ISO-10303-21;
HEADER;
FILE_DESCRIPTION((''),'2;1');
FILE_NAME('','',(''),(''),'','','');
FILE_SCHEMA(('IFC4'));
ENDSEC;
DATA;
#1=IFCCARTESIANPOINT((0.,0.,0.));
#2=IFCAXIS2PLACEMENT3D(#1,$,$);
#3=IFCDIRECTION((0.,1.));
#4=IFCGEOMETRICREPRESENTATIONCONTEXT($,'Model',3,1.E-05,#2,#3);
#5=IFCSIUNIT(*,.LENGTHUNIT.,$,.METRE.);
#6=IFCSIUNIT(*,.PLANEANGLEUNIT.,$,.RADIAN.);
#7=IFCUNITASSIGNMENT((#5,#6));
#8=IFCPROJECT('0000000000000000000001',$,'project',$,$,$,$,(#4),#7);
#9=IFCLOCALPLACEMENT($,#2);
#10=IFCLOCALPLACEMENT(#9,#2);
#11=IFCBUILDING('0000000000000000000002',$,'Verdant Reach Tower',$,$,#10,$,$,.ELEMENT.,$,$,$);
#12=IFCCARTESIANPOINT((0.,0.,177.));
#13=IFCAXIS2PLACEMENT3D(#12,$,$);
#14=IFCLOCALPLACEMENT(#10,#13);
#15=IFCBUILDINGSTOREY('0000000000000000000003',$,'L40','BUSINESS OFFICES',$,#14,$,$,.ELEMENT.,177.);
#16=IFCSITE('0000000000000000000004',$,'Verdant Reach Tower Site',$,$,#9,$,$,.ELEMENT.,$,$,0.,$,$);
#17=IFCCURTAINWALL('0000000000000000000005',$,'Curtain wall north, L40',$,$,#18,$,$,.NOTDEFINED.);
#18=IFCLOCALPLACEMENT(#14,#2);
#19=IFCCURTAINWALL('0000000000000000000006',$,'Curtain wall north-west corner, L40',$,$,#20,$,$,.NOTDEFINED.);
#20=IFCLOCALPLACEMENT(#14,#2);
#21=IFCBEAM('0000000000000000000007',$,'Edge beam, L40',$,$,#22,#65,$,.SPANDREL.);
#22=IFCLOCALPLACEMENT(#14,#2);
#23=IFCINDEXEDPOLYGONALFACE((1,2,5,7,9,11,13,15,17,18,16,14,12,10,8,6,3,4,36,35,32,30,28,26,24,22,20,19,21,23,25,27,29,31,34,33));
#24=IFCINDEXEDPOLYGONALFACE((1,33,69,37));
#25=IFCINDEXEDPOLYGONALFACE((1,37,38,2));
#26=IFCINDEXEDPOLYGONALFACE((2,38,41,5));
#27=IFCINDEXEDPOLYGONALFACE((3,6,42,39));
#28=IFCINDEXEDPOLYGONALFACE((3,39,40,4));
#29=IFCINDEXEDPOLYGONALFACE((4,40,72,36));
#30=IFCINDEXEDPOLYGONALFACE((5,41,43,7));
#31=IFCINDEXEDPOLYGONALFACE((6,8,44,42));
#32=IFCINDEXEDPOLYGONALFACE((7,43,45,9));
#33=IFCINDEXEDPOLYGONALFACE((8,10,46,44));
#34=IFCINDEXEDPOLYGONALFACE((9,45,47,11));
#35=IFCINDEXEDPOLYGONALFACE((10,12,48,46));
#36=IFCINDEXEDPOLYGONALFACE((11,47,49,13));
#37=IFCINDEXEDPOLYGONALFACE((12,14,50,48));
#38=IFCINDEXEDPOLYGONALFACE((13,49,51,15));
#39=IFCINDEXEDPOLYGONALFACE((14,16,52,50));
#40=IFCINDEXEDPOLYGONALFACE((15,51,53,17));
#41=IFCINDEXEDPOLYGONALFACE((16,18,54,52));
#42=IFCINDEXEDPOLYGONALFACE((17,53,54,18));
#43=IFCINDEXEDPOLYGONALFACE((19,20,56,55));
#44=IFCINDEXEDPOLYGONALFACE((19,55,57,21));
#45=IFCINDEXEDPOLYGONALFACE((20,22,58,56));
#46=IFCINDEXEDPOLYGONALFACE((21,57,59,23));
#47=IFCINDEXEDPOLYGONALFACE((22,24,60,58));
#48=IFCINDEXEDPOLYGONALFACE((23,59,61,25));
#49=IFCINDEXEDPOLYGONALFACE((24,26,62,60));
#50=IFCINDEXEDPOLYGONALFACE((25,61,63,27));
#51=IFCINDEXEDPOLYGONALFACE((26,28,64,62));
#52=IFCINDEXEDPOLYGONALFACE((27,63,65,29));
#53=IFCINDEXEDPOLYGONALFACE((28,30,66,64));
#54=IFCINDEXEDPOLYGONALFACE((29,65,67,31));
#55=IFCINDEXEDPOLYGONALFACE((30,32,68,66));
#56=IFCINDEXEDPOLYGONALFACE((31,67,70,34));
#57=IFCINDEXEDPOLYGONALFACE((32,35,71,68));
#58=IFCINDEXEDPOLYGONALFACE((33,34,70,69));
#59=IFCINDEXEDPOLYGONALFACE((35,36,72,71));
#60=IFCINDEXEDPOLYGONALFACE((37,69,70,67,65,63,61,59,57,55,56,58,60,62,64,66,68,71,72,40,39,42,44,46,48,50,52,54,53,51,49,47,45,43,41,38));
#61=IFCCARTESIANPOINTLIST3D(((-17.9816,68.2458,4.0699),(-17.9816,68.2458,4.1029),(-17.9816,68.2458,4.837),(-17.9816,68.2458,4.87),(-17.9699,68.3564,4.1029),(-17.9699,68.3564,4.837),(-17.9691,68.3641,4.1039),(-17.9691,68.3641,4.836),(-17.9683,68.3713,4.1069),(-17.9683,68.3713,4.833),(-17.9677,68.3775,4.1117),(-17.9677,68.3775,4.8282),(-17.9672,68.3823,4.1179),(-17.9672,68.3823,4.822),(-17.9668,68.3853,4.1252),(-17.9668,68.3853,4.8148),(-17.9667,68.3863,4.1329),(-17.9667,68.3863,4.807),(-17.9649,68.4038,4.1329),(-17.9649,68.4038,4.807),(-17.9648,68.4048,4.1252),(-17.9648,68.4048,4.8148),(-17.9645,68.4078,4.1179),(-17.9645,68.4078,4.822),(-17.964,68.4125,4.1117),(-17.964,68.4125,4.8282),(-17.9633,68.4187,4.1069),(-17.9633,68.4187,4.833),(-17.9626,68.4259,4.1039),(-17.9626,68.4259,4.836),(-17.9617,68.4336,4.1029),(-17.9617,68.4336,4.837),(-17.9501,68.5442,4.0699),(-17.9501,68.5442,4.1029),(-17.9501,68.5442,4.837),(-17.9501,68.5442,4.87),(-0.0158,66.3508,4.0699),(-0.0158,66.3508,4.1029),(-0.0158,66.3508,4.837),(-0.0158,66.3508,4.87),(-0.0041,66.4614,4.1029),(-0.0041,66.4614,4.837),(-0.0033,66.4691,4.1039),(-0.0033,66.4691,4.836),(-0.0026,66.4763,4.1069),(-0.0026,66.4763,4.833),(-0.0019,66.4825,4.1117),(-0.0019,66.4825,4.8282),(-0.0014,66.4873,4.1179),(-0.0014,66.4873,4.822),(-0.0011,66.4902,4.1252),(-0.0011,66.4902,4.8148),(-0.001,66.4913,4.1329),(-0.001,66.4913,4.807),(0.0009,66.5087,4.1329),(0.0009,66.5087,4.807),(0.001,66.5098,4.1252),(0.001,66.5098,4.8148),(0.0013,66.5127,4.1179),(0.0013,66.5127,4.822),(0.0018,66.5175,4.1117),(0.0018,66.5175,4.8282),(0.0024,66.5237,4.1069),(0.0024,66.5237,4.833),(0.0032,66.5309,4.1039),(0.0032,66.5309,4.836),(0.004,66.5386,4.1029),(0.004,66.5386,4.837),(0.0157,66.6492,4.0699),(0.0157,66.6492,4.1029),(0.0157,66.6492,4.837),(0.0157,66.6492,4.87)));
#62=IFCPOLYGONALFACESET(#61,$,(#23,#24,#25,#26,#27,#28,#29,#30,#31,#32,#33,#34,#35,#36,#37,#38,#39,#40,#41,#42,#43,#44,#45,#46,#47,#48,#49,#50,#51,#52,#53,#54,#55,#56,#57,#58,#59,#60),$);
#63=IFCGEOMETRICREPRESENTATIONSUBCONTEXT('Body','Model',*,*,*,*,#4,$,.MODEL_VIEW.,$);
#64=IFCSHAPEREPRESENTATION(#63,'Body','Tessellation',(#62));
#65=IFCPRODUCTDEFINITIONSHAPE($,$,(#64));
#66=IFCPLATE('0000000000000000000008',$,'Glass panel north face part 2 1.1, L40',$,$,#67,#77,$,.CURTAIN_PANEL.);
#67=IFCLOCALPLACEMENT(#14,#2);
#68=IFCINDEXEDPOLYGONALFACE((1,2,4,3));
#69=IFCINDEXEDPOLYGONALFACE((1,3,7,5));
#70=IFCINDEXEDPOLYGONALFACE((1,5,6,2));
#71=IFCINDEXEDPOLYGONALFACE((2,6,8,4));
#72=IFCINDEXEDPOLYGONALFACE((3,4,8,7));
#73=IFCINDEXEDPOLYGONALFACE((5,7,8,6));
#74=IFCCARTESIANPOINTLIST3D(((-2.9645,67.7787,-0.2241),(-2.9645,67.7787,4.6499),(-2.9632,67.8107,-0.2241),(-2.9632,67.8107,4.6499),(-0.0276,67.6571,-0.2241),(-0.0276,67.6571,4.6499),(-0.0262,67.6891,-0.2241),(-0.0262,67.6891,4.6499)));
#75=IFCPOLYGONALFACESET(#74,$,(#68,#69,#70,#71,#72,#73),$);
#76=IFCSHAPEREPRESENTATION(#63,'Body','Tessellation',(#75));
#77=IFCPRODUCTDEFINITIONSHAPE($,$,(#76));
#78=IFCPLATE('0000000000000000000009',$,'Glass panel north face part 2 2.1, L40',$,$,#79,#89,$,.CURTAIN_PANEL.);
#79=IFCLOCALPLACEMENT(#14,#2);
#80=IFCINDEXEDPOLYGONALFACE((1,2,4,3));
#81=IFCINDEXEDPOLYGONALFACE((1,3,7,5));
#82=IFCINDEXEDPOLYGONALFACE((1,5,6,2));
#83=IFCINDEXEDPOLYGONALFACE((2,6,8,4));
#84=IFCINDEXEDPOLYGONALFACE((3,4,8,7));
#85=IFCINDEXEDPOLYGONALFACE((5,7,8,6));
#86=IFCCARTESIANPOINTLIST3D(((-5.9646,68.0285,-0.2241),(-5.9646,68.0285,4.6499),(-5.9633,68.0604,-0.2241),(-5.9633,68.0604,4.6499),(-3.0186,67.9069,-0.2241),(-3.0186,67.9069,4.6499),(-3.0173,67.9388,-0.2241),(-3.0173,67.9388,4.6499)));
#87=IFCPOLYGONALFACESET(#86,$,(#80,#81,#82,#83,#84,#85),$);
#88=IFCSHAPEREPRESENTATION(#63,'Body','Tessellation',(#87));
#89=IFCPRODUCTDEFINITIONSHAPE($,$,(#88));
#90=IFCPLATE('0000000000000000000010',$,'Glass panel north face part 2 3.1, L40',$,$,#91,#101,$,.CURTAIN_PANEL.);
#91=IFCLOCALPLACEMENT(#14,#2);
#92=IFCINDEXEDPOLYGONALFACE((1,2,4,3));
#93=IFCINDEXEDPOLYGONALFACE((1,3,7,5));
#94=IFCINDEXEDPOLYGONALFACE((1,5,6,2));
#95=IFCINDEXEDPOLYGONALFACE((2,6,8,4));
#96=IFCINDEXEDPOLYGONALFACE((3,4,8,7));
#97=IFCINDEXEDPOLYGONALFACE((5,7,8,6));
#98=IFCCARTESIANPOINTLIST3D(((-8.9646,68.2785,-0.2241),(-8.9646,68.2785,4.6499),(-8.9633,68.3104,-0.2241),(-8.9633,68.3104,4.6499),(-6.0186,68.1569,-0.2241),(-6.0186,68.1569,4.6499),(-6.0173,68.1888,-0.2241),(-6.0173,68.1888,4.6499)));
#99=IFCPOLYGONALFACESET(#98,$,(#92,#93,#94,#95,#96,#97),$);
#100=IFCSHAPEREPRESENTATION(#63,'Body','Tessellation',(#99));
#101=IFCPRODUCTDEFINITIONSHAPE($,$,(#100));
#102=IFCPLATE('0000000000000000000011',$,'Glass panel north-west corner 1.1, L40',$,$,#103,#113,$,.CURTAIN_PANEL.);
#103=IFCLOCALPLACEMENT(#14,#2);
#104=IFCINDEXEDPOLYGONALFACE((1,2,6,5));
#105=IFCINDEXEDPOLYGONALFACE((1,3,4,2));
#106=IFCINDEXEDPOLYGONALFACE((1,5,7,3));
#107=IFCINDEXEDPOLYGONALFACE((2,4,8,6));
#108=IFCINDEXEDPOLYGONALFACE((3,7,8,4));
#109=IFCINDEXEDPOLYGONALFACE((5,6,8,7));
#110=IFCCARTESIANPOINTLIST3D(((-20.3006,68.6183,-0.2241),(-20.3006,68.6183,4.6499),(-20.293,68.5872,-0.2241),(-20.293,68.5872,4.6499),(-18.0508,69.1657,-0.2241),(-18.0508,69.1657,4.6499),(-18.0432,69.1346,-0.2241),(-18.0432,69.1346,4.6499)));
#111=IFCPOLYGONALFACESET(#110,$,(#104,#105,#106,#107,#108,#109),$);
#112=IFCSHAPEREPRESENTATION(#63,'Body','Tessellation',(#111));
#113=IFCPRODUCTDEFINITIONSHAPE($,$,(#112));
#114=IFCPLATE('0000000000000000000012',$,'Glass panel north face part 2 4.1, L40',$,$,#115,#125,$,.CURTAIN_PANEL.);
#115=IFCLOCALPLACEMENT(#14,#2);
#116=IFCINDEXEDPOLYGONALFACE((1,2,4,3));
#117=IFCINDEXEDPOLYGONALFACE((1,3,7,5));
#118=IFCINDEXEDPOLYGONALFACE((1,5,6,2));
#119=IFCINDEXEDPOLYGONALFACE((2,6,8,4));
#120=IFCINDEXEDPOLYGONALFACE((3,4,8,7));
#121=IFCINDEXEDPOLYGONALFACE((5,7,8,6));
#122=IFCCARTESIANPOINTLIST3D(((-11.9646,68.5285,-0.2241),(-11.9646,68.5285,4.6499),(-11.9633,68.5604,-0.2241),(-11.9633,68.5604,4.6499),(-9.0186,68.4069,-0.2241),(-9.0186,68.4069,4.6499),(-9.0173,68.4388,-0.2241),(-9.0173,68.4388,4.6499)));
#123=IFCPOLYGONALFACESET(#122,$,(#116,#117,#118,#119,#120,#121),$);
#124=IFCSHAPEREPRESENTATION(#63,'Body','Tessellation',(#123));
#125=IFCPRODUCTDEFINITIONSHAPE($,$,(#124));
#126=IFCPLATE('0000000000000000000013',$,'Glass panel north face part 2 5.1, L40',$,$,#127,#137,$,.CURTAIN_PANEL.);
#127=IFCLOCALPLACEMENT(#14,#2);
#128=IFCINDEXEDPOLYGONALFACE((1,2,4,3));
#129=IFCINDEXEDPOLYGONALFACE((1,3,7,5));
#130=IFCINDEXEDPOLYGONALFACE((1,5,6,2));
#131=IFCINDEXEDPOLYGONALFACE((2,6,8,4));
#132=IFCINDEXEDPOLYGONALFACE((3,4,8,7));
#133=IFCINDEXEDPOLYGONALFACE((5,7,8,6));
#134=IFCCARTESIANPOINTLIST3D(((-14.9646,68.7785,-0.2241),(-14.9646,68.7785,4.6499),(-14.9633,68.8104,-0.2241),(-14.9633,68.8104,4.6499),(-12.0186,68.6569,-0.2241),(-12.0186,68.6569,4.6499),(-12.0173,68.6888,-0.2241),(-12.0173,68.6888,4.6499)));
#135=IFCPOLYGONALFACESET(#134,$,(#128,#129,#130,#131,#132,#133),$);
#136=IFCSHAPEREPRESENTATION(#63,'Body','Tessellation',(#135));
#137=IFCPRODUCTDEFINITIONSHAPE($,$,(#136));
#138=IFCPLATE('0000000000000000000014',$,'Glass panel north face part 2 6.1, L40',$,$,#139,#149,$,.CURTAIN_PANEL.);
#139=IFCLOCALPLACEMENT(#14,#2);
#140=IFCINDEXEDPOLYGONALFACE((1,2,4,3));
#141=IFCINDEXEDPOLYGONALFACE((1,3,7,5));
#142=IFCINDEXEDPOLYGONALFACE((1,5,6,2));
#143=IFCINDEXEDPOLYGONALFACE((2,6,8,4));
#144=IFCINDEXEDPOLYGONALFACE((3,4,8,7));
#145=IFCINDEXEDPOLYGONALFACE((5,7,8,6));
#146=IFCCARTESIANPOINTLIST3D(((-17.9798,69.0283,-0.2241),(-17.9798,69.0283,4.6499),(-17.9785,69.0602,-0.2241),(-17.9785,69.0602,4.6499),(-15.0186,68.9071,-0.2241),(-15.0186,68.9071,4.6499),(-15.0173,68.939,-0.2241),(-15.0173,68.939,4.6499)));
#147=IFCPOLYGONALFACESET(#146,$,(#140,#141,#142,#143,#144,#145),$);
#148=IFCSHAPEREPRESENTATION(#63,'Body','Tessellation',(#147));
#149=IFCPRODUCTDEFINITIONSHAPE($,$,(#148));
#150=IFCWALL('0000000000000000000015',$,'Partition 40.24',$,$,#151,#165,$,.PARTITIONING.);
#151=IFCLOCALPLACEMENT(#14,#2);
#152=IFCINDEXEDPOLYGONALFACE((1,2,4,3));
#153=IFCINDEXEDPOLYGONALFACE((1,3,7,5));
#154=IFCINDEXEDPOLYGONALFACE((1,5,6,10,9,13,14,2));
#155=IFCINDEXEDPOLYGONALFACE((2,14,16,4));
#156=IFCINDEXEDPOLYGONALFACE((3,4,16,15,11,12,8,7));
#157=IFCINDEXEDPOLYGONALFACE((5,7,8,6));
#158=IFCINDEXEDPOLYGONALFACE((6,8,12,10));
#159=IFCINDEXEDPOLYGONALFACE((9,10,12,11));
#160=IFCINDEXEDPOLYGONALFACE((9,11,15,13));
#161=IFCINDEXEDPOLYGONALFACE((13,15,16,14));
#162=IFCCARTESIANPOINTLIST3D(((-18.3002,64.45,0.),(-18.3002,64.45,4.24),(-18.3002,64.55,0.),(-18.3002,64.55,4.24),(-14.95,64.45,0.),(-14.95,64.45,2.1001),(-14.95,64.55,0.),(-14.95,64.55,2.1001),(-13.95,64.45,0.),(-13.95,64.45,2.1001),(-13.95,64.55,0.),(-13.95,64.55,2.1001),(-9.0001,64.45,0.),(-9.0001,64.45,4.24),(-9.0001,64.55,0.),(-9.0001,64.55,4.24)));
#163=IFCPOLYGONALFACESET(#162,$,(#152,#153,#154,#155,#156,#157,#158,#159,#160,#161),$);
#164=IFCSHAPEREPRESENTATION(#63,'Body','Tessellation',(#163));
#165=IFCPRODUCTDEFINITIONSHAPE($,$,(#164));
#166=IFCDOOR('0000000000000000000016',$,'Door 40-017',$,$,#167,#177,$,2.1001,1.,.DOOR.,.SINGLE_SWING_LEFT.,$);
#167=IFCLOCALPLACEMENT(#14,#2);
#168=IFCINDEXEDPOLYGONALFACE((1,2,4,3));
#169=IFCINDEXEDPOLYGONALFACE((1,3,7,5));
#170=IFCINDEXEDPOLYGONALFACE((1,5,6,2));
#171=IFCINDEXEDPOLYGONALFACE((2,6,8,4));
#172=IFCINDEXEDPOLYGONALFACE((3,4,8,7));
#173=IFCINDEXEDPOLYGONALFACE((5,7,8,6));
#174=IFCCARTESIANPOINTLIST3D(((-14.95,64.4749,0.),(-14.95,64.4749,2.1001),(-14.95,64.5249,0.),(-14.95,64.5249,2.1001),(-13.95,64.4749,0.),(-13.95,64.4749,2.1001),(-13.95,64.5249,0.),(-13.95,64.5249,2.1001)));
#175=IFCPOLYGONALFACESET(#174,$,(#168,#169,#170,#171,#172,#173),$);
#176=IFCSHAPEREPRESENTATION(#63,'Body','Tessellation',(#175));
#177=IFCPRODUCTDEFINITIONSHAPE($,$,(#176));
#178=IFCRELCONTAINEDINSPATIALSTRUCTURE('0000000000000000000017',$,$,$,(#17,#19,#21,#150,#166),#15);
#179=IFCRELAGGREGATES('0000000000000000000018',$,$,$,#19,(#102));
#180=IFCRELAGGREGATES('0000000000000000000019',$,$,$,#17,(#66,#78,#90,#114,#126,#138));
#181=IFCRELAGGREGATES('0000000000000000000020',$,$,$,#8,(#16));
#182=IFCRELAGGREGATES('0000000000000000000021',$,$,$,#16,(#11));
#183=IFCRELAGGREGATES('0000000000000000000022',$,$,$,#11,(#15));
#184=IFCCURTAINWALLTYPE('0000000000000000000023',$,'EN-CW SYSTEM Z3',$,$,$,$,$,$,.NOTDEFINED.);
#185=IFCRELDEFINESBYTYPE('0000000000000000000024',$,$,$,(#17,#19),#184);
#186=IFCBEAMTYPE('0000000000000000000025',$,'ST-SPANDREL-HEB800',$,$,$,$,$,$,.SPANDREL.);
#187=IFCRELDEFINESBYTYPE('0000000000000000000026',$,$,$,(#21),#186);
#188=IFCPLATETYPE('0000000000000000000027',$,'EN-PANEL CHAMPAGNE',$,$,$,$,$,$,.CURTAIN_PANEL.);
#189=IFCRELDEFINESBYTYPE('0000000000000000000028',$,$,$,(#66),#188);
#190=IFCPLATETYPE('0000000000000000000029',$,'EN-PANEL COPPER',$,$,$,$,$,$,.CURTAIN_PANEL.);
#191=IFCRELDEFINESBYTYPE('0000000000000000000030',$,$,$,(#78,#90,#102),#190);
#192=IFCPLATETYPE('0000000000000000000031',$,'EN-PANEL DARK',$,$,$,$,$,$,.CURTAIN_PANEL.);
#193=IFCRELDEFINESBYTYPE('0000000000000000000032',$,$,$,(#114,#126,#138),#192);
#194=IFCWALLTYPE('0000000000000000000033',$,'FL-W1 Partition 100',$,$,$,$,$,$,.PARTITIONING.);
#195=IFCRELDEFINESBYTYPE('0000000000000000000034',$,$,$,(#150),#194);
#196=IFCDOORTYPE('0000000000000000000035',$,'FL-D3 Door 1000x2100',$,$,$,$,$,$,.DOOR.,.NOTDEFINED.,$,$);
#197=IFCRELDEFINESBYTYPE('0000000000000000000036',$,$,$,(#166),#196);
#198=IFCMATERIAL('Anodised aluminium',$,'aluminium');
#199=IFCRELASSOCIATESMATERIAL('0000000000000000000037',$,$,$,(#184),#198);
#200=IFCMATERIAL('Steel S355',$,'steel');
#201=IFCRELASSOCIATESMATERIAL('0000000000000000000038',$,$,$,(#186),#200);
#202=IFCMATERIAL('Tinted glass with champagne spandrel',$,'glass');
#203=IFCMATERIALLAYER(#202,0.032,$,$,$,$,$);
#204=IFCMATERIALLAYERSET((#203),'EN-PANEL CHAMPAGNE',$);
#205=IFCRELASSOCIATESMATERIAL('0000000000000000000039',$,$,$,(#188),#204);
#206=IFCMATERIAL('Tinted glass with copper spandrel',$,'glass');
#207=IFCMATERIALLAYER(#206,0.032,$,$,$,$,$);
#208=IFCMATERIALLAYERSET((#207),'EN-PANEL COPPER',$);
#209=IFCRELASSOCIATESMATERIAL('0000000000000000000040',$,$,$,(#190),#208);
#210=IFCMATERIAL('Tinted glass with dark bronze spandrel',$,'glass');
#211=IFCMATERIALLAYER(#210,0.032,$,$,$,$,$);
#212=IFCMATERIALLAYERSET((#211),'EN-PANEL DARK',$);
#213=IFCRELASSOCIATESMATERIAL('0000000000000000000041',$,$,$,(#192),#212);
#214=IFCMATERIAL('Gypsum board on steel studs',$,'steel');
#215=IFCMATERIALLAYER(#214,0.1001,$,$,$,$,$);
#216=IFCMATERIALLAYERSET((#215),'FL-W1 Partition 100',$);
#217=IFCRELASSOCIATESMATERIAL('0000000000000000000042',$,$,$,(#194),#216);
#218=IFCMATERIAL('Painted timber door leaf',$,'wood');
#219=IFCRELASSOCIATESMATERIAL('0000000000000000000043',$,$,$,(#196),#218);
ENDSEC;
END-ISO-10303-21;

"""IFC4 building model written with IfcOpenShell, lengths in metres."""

from ifc_helpers import new_model, si_unit, direction, frame, frame_2d, origin, origin_2d, place, context, subcontext, project, spatial, rectangle, i_section, extrude, material, layer, layer_set, material_profile, profile_set, type_object, element, fill, aggregate, save


model = new_model("IFC4")

# Units and contexts
model_context = context("Model", 3, precision=1e-05, world=origin(), true_north=direction((0.0, 1.0)))
body_context = subcontext(model_context, "Body", "Model", "MODEL_VIEW")
ifc_project = project(units=[si_unit("LENGTHUNIT", "METRE"), si_unit("PLANEANGLEUNIT", "RADIAN")], contexts=[model_context])

# Site, building, storey
site_placement = place(None, origin())
site = spatial("IfcSite", under=ifc_project, at=site_placement, Name="Verdant Reach Tower Site", CompositionType="ELEMENT", RefElevation=0.0)
building_placement = place(site_placement, origin())
building = spatial("IfcBuilding", under=site, at=building_placement, Name="Verdant Reach Tower", CompositionType="ELEMENT")
storey_placement = place(building_placement, frame((0.0, 0.0, 177.0)))
storey = spatial("IfcBuildingStorey", under=building, at=storey_placement, Name="L40", Description="BUSINESS OFFICES", CompositionType="ELEMENT", Elevation=177.0)

# Curtain walls
ifc_material_1 = material(Name="Anodised aluminium", Category="aluminium")
curtain_wall_type = type_object("IfcCurtainWallType", Name="EN-CW SYSTEM Z3", PredefinedType="NOTDEFINED", material=ifc_material_1)
curtain_wall_1_placement = place(storey_placement, origin())
curtain_wall_1 = element("IfcCurtainWall", 1, at=curtain_wall_1_placement, inside=storey, type_object=curtain_wall_type, Name="Curtain wall north, L40", PredefinedType="NOTDEFINED")
curtain_wall_2_placement = place(storey_placement, origin())
curtain_wall_2 = element("IfcCurtainWall", 2, at=curtain_wall_2_placement, inside=storey, type_object=curtain_wall_type, Name="Curtain wall north-west corner, L40", PredefinedType="NOTDEFINED")

# Beam
ifc_material_2 = material(Name="Steel S355", Category="steel")
ifc_material_profile_1 = material_profile(ifc_material_2, i_section(OverallWidth=0.3, OverallDepth=0.8, WebThickness=0.0176, FlangeThickness=0.033, FilletRadius=0.03, at=origin_2d()), Name="HEB 800")
ifc_profile_set_1 = profile_set([ifc_material_profile_1], Name="Steel S355")
beam_type_1 = type_object("IfcBeamType", Name="ST-SPANDREL-HEB800", PredefinedType="SPANDREL", material=ifc_profile_set_1)
beam_1_placement = place(storey_placement, frame((-17.9658, 68.395, 4.47), z_axis=(0.994483, -0.104897, 0.0), x_axis=(0.104897, 0.994483, 0.0)))
element("IfcBeam", 3, at=beam_1_placement, inside=storey, type_object=beam_type_1, Name="Edge beam, L40", PredefinedType="SPANDREL", context=body_context, shape_type="SweptSolid", body=[
    extrude(i_section(OverallWidth=0.3, OverallDepth=0.8, WebThickness=0.0176, FlangeThickness=0.033, FilletRadius=0.03, at=origin_2d()), origin(), (0.0, 0.0, 1.0), 18.0654),
])

# Plates
ifc_material_3 = material(Name="Tinted glass with champagne spandrel", Category="glass")
ifc_layer_1 = layer(ifc_material_3, 0.032)
ifc_layer_set_1 = layer_set([ifc_layer_1], Name="EN-PANEL CHAMPAGNE")
plate_type_1 = type_object("IfcPlateType", Name="EN-PANEL CHAMPAGNE", PredefinedType="CURTAIN_PANEL", material=ifc_layer_set_1)
plate_1_placement = place(storey_placement, frame((-1.4954, 67.7339, -0.2241), z_axis=(0.0, 0.0, 1.0), x_axis=(-0.999144, 0.041367, 0.0)))
plate_1 = element("IfcPlate", 4, at=plate_1_placement, type_object=plate_type_1, Name="Glass panel north face part 2 1.1, L40", PredefinedType="CURTAIN_PANEL", context=body_context, shape_type="SweptSolid", body=[
    extrude(rectangle(XDim=2.9395, YDim=0.032, at=origin_2d()), origin(), (0.0, 0.0, 1.0), 4.874),
])
ifc_material_4 = material(Name="Tinted glass with copper spandrel", Category="glass")
ifc_layer_2 = layer(ifc_material_4, 0.032)
ifc_layer_set_2 = layer_set([ifc_layer_2], Name="EN-PANEL COPPER")
plate_type_2 = type_object("IfcPlateType", Name="EN-PANEL COPPER", PredefinedType="CURTAIN_PANEL", material=ifc_layer_set_2)
plate_2_placement = place(storey_placement, frame((-4.491, 67.9836, -0.2241), z_axis=(0.0, 0.0, 1.0), x_axis=(-0.999149, 0.041242, 0.0)))
plate_2 = element("IfcPlate", 5, at=plate_2_placement, type_object=plate_type_2, Name="Glass panel north face part 2 2.1, L40", PredefinedType="CURTAIN_PANEL", context=body_context, shape_type="SweptSolid", body=[
    extrude(rectangle(XDim=2.9485, YDim=0.032, at=origin_2d()), origin(), (0.0, 0.0, 1.0), 4.874),
])
plate_3_placement = place(storey_placement, frame((-7.491, 68.2336, -0.2241), z_axis=(0.0, 0.0, 1.0), x_axis=(-0.999149, 0.041242, 0.0)))
plate_3 = element("IfcPlate", 6, at=plate_3_placement, type_object=plate_type_2, Name="Glass panel north face part 2 3.1, L40", PredefinedType="CURTAIN_PANEL", context=body_context, shape_type="SweptSolid", body=[
    extrude(rectangle(XDim=2.9485, YDim=0.032, at=origin_2d()), origin(), (0.0, 0.0, 1.0), 4.874),
])
plate_4_placement = place(storey_placement, frame((-19.1719, 68.8765, -0.2241), z_axis=(0.0, 0.0, 1.0), x_axis=(-0.971655, -0.236403, 0.0)))
plate_4 = element("IfcPlate", 7, at=plate_4_placement, type_object=plate_type_2, Name="Glass panel north-west corner 1.1, L40", PredefinedType="CURTAIN_PANEL", context=body_context, shape_type="SweptSolid", body=[
    extrude(rectangle(XDim=2.3154, YDim=0.032, at=origin_2d()), origin(), (0.0, 0.0, 1.0), 4.874),
])
aggregate(curtain_wall_2, [plate_4])
ifc_material_5 = material(Name="Tinted glass with dark bronze spandrel", Category="glass")
ifc_layer_3 = layer(ifc_material_5, 0.032)
ifc_layer_set_3 = layer_set([ifc_layer_3], Name="EN-PANEL DARK")
plate_type_3 = type_object("IfcPlateType", Name="EN-PANEL DARK", PredefinedType="CURTAIN_PANEL", material=ifc_layer_set_3)
plate_5_placement = place(storey_placement, frame((-10.491, 68.4836, -0.2241), z_axis=(0.0, 0.0, 1.0), x_axis=(-0.999149, 0.041242, 0.0)))
plate_5 = element("IfcPlate", 8, at=plate_5_placement, type_object=plate_type_3, Name="Glass panel north face part 2 4.1, L40", PredefinedType="CURTAIN_PANEL", context=body_context, shape_type="SweptSolid", body=[
    extrude(rectangle(XDim=2.9485, YDim=0.032, at=origin_2d()), origin(), (0.0, 0.0, 1.0), 4.874),
])
plate_6_placement = place(storey_placement, frame((-13.491, 68.7336, -0.2241), z_axis=(0.0, 0.0, 1.0), x_axis=(-0.999149, 0.041242, 0.0)))
plate_6 = element("IfcPlate", 9, at=plate_6_placement, type_object=plate_type_3, Name="Glass panel north face part 2 5.1, L40", PredefinedType="CURTAIN_PANEL", context=body_context, shape_type="SweptSolid", body=[
    extrude(rectangle(XDim=2.9485, YDim=0.032, at=origin_2d()), origin(), (0.0, 0.0, 1.0), 4.874),
])
plate_7_placement = place(storey_placement, frame((-16.4985, 68.9836, -0.2241), z_axis=(0.0, 0.0, 1.0), x_axis=(-0.999164, 0.040891, 0.0)))
plate_7 = element("IfcPlate", 10, at=plate_7_placement, type_object=plate_type_3, Name="Glass panel north face part 2 6.1, L40", PredefinedType="CURTAIN_PANEL", context=body_context, shape_type="SweptSolid", body=[
    extrude(rectangle(XDim=2.9636, YDim=0.032, at=origin_2d()), origin(), (0.0, 0.0, 1.0), 4.874),
])
aggregate(curtain_wall_1, [plate_1, plate_2, plate_3, plate_5, plate_6, plate_7])

# Wall, opening, door
ifc_material_6 = material(Name="Gypsum board on steel studs", Category="steel")
ifc_layer_4 = layer(ifc_material_6, 0.1001)
ifc_layer_set_4 = layer_set([ifc_layer_4], Name="FL-W1 Partition 100")
wall_type = type_object("IfcWallType", Name="FL-W1 Partition 100", PredefinedType="PARTITIONING", material=ifc_layer_set_4)
wall_1_placement = place(storey_placement, frame((-18.3, 64.5, 0.0), z_axis=(0.0, 0.0, 1.0), x_axis=(1.0, 0.0, 0.0)))
wall_1 = element("IfcWall", 11, at=wall_1_placement, inside=storey, type_object=wall_type, Name="Partition 40.24", PredefinedType="PARTITIONING", context=body_context, shape_type="SweptSolid", body=[
    extrude(rectangle(XDim=9.3, YDim=0.1001, at=frame_2d((4.6499, 0.0))), origin(), (0.0, 0.0, 1.0), 4.24),
])
opening_1_placement = place(wall_1_placement, frame((3.3501, 0.0, 0.0)))
opening_1 = element("IfcOpeningElement", 12, at=opening_1_placement, cuts=wall_1, PredefinedType="OPENING", context=body_context, shape_type="SweptSolid", body=[
    extrude(rectangle(XDim=1.0, YDim=2.1001, at=frame_2d((0.5, 1.05))), frame((0.0, 0.0601, 0.0), z_axis=(0.0, -1.0, 0.0), x_axis=(1.0, 0.0, 0.0)), (0.0, 0.0, 1.0), 0.1201),
])
ifc_material_7 = material(Name="Painted timber door leaf", Category="wood")
door_type = type_object("IfcDoorType", Name="FL-D3 Door 1000x2100", OperationType="NOTDEFINED", PredefinedType="DOOR", material=ifc_material_7)
door_1_placement = place(opening_1_placement, origin())
door_1 = element("IfcDoor", 13, at=door_1_placement, inside=storey, type_object=door_type, Name="Door 40-017", OperationType="SINGLE_SWING_LEFT", OverallHeight=2.1001, OverallWidth=1.0, PredefinedType="DOOR", context=body_context, shape_type="SweptSolid", body=[
    extrude(rectangle(XDim=1.0, YDim=2.1001, at=frame_2d((0.5, 1.05))), frame((0.0, 0.0249, 0.0), z_axis=(0.0, -1.0, 0.0), x_axis=(1.0, 0.0, 0.0)), (0.0, 0.0, 1.0), 0.05),
])
fill(opening_1, door_1)

save(model, "model.ifc")
